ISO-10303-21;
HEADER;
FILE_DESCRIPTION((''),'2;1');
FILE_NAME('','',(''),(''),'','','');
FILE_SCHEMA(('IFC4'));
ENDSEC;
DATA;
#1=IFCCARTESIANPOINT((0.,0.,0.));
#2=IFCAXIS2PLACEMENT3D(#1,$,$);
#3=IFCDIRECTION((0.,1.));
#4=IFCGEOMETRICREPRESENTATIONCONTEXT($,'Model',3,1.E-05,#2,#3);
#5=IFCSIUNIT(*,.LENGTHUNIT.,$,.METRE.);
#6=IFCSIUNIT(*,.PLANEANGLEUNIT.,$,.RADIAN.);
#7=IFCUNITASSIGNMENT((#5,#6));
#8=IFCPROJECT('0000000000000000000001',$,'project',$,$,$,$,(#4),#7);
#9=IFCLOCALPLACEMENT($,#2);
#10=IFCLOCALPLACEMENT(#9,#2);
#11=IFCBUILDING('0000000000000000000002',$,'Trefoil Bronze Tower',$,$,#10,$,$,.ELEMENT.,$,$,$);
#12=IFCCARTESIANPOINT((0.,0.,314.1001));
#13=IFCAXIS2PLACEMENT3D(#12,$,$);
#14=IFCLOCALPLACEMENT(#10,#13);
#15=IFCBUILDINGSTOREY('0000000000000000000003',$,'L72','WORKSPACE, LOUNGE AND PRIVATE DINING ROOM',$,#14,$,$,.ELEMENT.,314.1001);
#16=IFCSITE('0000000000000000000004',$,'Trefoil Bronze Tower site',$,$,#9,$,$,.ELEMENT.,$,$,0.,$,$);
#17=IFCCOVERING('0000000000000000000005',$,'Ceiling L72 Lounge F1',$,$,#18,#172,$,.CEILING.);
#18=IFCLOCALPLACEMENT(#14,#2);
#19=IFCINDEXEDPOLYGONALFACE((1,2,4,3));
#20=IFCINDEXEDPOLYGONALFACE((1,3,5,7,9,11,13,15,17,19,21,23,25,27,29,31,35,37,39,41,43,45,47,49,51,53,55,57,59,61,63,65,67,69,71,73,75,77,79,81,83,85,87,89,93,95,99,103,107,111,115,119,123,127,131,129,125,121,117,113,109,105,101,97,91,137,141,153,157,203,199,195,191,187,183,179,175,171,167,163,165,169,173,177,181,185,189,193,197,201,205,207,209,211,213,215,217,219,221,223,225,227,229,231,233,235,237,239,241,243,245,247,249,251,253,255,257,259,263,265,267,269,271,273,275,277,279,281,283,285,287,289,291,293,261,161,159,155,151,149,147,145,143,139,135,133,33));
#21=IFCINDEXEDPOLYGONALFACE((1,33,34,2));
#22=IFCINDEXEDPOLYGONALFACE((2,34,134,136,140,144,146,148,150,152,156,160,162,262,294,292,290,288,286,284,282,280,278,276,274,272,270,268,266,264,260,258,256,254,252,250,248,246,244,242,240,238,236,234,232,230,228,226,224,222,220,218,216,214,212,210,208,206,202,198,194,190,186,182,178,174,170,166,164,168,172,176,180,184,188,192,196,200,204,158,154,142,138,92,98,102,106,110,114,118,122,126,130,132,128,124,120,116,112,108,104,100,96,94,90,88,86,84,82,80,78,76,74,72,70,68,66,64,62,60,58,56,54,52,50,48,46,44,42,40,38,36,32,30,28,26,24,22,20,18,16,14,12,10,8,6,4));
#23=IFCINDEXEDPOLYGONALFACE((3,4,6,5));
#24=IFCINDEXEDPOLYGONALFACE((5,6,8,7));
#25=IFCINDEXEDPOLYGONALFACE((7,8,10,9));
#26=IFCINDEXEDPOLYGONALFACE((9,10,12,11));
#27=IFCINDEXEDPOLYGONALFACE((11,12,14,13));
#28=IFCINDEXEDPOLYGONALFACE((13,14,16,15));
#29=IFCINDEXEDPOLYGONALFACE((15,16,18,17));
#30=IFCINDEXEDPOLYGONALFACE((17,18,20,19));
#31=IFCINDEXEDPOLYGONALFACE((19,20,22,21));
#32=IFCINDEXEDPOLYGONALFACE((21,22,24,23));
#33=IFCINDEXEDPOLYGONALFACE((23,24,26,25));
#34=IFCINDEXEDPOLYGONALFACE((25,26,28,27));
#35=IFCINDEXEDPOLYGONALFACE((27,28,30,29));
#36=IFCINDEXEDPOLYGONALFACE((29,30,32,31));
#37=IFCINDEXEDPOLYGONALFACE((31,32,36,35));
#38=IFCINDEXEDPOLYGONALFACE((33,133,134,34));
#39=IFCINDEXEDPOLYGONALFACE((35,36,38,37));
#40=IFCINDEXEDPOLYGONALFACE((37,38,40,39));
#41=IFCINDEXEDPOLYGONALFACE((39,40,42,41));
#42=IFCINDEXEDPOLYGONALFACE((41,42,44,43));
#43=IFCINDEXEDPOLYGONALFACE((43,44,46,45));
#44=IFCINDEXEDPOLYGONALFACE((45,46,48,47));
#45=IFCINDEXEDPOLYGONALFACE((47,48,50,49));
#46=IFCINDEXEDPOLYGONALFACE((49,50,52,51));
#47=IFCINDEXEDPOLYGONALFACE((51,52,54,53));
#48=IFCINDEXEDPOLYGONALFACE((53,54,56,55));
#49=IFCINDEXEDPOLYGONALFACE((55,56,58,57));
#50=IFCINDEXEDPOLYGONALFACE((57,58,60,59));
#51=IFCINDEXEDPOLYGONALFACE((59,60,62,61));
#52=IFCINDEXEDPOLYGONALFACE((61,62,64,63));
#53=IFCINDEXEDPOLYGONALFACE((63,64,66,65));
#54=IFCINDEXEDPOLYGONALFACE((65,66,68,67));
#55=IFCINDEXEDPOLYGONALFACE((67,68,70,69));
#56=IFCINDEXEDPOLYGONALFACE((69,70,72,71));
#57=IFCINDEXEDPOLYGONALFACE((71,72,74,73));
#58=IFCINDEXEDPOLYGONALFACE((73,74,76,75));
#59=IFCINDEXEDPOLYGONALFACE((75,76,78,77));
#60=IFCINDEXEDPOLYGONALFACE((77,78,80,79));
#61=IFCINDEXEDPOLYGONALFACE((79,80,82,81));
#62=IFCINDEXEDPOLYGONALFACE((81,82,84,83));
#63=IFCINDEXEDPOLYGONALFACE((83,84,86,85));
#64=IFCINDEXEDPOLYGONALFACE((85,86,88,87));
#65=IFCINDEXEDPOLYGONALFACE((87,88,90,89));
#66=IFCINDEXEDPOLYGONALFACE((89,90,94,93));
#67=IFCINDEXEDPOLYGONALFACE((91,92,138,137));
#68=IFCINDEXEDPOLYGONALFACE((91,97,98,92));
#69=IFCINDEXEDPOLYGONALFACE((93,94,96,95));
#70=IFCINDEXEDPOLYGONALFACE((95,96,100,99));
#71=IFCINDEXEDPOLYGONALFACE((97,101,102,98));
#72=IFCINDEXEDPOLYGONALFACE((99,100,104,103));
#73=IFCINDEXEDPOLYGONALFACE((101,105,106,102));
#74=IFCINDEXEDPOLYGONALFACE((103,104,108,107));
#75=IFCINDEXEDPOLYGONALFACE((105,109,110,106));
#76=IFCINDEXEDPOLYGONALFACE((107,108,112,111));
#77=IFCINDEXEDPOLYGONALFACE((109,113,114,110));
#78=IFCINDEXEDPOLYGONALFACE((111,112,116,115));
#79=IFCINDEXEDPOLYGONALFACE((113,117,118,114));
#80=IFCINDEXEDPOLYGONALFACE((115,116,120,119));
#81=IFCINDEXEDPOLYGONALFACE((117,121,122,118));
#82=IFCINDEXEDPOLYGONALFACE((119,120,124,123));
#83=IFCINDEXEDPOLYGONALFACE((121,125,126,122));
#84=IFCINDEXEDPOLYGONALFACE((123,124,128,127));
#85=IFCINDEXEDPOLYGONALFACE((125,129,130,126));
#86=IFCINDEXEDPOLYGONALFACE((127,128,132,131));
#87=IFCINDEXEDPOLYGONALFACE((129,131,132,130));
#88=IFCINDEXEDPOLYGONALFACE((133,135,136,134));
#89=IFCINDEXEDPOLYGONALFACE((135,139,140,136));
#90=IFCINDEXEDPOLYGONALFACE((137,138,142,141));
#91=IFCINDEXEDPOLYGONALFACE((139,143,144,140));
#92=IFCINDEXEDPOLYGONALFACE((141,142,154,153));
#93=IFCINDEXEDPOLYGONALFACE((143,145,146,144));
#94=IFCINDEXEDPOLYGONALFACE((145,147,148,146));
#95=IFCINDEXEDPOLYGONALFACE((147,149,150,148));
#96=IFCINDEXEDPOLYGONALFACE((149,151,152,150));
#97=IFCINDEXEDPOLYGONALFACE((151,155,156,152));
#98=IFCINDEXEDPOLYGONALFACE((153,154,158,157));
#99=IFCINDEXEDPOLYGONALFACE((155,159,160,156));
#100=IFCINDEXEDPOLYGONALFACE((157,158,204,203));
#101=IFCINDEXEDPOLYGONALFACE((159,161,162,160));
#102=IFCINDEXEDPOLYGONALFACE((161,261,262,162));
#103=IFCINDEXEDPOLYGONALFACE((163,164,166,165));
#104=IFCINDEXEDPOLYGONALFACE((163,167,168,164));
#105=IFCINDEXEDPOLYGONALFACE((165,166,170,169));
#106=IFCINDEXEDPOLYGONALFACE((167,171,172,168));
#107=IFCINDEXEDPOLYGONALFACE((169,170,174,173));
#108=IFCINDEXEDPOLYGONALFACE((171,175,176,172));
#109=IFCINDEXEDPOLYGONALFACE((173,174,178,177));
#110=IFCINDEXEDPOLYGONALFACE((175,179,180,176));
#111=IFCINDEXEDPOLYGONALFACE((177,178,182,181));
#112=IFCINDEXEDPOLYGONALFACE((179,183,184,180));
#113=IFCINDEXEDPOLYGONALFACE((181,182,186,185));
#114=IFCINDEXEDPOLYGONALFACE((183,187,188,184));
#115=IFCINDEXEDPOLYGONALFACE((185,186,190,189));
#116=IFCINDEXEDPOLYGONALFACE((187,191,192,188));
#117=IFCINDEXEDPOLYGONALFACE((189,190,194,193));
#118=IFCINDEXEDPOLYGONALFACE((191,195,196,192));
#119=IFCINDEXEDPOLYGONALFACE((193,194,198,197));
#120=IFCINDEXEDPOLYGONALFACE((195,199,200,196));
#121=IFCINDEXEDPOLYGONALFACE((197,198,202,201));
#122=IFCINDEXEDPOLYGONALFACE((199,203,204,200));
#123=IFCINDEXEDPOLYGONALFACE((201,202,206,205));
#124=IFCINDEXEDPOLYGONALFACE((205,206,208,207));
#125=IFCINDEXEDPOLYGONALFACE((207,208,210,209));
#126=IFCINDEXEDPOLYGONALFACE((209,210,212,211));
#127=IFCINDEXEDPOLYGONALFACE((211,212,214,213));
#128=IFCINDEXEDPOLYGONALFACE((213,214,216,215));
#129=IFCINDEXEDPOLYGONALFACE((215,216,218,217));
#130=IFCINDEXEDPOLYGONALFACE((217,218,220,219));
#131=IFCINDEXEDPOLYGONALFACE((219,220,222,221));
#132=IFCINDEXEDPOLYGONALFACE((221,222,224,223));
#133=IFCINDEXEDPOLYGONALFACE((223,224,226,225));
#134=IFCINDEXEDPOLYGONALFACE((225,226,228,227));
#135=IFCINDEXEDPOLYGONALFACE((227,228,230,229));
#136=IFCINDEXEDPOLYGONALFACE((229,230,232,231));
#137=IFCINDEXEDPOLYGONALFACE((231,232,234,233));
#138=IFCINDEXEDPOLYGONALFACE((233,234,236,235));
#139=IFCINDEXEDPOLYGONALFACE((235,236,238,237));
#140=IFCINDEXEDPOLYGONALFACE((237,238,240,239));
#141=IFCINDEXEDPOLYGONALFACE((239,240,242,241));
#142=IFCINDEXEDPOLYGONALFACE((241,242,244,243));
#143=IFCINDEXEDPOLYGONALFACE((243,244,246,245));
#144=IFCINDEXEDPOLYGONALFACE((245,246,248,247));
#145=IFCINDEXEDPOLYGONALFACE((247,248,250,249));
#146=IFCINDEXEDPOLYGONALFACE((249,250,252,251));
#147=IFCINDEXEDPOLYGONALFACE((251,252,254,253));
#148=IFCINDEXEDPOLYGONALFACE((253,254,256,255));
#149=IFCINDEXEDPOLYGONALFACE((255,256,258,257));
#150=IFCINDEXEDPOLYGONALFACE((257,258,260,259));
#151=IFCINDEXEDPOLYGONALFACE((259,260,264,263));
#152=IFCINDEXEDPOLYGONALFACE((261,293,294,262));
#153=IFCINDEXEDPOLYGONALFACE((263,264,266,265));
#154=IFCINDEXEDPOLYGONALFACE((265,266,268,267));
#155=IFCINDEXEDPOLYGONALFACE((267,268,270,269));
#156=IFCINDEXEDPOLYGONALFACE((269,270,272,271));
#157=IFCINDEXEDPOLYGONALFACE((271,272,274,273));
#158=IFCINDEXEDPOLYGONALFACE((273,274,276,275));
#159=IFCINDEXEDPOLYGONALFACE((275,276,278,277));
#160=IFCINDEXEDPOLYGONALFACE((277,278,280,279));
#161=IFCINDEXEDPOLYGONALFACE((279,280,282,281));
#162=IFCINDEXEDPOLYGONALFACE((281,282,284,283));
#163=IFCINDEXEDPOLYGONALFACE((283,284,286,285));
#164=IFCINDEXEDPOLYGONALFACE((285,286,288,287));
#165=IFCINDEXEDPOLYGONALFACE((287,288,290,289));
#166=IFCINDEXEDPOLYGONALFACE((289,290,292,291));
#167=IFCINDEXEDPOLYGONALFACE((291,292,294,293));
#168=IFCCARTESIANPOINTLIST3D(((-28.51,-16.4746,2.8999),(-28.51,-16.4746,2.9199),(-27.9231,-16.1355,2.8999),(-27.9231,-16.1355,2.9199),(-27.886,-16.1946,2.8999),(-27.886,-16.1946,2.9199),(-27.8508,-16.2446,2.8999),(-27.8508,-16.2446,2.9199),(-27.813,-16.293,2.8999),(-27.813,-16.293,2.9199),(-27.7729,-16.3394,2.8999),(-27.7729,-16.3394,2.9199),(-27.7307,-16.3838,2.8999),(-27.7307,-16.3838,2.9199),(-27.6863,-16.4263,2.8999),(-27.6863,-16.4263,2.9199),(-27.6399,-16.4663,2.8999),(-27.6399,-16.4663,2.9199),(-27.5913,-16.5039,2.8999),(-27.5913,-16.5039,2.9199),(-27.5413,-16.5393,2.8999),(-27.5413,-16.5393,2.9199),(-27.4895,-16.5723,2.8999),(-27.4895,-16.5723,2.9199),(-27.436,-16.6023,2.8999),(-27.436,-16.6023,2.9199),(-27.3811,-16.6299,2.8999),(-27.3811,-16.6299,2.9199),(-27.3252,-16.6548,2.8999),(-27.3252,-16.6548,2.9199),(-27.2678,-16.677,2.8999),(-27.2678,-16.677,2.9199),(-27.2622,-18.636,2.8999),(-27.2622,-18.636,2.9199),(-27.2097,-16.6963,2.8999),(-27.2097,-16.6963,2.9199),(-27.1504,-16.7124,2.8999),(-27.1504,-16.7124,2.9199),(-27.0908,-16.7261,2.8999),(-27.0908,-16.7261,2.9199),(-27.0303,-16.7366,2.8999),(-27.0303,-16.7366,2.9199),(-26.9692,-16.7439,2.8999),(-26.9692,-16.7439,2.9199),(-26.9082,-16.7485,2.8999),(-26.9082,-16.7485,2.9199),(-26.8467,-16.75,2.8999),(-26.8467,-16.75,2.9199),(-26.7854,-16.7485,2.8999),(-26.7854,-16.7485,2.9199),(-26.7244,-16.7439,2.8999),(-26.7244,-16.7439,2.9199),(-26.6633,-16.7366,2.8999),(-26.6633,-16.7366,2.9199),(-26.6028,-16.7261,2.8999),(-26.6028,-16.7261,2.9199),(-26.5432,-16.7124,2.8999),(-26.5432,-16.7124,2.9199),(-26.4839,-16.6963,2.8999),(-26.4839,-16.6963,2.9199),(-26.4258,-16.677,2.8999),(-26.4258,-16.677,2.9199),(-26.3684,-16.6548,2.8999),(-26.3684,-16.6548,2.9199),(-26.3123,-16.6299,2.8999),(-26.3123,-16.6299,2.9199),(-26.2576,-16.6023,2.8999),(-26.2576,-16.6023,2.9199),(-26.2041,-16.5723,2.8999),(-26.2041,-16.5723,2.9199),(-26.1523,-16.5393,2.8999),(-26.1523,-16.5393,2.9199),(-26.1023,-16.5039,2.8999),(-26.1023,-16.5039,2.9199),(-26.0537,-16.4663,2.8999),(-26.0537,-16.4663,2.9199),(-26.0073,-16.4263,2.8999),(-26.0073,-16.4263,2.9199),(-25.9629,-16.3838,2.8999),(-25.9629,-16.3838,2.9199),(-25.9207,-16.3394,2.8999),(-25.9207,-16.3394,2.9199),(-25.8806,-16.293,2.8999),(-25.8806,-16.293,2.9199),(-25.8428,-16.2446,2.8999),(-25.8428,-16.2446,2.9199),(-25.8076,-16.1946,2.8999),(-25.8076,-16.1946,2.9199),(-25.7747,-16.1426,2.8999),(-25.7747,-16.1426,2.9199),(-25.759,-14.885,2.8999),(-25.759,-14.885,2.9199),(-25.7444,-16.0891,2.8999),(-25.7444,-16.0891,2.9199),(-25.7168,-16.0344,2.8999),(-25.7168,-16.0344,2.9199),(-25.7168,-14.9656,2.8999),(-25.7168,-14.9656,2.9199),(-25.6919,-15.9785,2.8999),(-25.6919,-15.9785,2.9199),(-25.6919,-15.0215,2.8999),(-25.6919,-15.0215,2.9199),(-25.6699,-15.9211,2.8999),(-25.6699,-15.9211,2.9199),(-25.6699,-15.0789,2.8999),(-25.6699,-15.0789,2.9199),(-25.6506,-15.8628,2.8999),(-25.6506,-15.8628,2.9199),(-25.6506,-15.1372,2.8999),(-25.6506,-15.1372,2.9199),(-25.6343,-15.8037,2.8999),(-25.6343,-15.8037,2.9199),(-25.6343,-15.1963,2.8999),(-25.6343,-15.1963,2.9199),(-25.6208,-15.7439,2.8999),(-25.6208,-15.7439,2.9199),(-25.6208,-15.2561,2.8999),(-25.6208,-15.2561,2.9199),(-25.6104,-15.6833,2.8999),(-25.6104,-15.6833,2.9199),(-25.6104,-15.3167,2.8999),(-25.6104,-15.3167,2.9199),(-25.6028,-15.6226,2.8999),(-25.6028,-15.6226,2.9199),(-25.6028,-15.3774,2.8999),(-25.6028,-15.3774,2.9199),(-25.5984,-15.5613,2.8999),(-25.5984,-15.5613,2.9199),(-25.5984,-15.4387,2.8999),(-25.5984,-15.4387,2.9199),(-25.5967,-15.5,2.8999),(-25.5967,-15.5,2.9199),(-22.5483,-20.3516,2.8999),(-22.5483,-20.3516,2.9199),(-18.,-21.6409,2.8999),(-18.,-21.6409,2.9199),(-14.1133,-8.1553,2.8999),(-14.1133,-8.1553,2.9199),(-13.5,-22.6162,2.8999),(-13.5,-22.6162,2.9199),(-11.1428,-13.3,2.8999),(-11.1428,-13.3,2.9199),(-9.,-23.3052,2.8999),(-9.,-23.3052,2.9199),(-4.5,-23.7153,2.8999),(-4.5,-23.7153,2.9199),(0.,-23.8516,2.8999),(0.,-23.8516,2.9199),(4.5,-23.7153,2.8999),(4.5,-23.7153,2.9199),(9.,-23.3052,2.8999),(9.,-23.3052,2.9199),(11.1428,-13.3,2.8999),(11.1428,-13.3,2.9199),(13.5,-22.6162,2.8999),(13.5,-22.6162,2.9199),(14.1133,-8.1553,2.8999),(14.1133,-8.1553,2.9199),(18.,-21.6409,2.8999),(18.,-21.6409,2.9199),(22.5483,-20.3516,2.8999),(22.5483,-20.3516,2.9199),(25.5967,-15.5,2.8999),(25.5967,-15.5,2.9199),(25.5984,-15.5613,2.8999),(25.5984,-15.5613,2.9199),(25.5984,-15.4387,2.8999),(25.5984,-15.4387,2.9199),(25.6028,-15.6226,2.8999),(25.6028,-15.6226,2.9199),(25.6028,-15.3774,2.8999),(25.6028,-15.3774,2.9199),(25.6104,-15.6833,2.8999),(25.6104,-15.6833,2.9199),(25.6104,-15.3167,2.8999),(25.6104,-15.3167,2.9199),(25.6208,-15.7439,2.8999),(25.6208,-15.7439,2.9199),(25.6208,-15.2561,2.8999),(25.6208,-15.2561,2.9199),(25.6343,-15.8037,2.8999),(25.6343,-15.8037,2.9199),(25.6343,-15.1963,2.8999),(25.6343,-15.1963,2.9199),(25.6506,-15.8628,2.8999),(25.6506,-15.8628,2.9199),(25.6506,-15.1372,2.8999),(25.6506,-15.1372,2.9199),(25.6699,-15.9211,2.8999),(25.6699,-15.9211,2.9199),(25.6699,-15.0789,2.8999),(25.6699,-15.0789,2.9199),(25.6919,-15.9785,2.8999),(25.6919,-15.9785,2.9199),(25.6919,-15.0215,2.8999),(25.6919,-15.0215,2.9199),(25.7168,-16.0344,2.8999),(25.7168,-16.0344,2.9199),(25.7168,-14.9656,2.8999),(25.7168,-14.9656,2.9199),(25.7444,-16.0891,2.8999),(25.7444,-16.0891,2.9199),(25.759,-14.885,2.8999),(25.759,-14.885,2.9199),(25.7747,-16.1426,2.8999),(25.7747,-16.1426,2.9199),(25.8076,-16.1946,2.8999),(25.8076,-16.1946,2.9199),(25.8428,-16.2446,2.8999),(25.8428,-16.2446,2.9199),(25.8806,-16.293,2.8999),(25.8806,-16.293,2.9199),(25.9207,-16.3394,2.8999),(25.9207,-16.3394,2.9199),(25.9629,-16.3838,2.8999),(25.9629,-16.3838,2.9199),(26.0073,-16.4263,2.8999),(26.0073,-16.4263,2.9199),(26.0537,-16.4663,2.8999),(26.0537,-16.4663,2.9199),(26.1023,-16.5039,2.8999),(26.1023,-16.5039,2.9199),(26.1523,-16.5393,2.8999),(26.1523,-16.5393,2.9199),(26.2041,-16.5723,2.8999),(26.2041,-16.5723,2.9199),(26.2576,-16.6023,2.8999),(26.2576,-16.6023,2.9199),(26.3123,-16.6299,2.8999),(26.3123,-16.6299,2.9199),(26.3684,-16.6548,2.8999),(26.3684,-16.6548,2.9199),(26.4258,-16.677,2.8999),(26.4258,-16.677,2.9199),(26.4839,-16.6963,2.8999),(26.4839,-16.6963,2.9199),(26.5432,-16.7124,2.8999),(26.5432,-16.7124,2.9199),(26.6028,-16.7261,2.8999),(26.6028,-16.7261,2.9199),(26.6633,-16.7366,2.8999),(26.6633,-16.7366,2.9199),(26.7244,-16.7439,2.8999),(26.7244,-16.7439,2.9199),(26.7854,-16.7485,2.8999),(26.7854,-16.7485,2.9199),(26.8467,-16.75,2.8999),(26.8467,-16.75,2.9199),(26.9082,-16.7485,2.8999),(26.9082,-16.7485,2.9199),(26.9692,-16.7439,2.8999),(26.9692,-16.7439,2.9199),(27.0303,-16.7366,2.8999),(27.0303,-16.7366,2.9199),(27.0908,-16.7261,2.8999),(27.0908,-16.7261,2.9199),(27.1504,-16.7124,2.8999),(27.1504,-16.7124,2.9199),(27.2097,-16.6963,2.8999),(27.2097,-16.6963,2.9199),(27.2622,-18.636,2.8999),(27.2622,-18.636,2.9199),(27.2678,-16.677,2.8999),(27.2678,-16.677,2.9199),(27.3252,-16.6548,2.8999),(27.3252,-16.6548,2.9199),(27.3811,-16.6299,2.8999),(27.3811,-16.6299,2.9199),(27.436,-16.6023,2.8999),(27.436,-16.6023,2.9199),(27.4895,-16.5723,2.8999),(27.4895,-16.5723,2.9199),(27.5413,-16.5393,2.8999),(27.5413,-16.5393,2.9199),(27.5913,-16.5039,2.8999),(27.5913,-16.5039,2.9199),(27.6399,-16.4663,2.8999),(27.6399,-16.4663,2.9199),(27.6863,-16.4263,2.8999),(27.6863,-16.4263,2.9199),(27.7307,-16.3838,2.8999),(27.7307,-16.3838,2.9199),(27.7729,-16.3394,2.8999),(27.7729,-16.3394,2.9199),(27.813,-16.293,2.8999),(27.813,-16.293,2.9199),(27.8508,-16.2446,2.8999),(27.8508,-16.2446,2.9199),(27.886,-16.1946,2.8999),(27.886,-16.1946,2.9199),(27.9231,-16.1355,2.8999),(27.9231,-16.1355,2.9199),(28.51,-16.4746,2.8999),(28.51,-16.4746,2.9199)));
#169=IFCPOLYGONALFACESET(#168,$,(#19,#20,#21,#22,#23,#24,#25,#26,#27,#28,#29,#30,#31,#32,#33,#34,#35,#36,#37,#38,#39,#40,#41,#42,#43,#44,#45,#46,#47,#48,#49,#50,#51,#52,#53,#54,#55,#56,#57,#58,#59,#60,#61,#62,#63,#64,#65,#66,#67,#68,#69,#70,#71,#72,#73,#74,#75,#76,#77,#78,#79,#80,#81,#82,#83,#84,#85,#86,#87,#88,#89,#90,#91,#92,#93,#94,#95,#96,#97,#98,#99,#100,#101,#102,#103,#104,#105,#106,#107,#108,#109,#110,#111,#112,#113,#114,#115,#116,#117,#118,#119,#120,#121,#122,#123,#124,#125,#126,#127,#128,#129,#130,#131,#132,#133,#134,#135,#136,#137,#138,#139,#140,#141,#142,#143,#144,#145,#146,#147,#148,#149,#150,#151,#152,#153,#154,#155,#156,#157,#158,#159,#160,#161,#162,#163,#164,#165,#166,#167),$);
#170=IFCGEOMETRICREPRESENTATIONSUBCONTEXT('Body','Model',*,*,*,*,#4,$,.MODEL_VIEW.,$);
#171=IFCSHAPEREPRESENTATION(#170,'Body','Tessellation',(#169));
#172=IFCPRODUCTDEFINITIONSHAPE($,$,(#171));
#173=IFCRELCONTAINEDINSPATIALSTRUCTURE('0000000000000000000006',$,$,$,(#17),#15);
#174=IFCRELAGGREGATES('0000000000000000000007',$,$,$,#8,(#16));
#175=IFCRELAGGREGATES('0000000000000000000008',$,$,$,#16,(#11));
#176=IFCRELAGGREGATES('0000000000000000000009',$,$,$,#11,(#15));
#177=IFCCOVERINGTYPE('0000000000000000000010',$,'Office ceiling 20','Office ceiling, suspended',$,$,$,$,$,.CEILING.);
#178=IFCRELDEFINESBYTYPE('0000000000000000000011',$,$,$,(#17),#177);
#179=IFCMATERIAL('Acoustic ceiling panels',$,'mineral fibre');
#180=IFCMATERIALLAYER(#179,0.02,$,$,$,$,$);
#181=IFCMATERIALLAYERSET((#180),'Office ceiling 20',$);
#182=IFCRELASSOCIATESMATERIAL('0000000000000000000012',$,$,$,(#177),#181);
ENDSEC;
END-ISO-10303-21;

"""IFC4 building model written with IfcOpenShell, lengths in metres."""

from ifc_helpers import new_model, si_unit, direction, frame, origin, place, context, subcontext, project, spatial, polyline, outline, extrude, material, layer, layer_set, type_object, element, save


model = new_model("IFC4")

# Units and contexts
model_context = context("Model", 3, precision=1e-05, world=origin(), true_north=direction((0.0, 1.0)))
body_context = subcontext(model_context, "Body", "Model", "MODEL_VIEW")
ifc_project = project(units=[si_unit("LENGTHUNIT", "METRE"), si_unit("PLANEANGLEUNIT", "RADIAN")], contexts=[model_context])

# Site, building, storey
site_placement = place(None, origin())
site = spatial("IfcSite", under=ifc_project, at=site_placement, Name="Trefoil Bronze Tower site", CompositionType="ELEMENT", RefElevation=0.0)
building_placement = place(site_placement, origin())
building = spatial("IfcBuilding", under=site, at=building_placement, Name="Trefoil Bronze Tower", CompositionType="ELEMENT")
storey_placement = place(building_placement, frame((0.0, 0.0, 314.1001)))
storey = spatial("IfcBuildingStorey", under=building, at=storey_placement, Name="L72", Description="WORKSPACE, LOUNGE AND PRIVATE DINING ROOM", CompositionType="ELEMENT", Elevation=314.1001)

# Covering
ifc_material_1 = material(Name="Acoustic ceiling panels", Category="mineral fibre")
ifc_layer_1 = layer(ifc_material_1, 0.02)
ifc_layer_set_1 = layer_set([ifc_layer_1], Name="Office ceiling 20")
covering_type_1 = type_object("IfcCoveringType", Name="Office ceiling 20", Description="Office ceiling, suspended", PredefinedType="CEILING", material=ifc_layer_set_1)
covering_1_placement = place(storey_placement, frame((0.0, 0.0, 2.8999)))
element("IfcCovering", 1, at=covering_1_placement, inside=storey, type_object=covering_type_1, Name="Ceiling L72 Lounge F1", PredefinedType="CEILING", context=body_context, shape_type="SweptSolid", body=[
    extrude(outline(polyline([(-27.886, -16.1946), (-27.8508, -16.2446), (-27.813, -16.293), (-27.7729, -16.3394), (-27.7307, -16.3838), (-27.6863, -16.4263), (-27.6399, -16.4663), (-27.5913, -16.5039), (-27.5413, -16.5393), (-27.4895, -16.5723), (-27.436, -16.6023), (-27.3811, -16.6299), (-27.3252, -16.6548), (-27.2678, -16.677), (-27.2097, -16.6963), (-27.1504, -16.7124), (-27.0908, -16.7261), (-27.0303, -16.7366), (-26.9692, -16.7439), (-26.9082, -16.7485), (-26.8467, -16.75), (-26.7854, -16.7485), (-26.7244, -16.7439), (-26.6633, -16.7366), (-26.6028, -16.7261), (-26.5432, -16.7124), (-26.4839, -16.6963), (-26.4258, -16.677), (-26.3684, -16.6548), (-26.3123, -16.6299), (-26.2576, -16.6023), (-26.2041, -16.5723), (-26.1523, -16.5393), (-26.1023, -16.5039), (-26.0537, -16.4663), (-26.0073, -16.4263), (-25.9629, -16.3838), (-25.9207, -16.3394), (-25.8806, -16.293), (-25.8428, -16.2446), (-25.8076, -16.1946), (-25.7747, -16.1426), (-25.7444, -16.0891), (-25.7168, -16.0344), (-25.6919, -15.9785), (-25.6699, -15.9211), (-25.6506, -15.8628), (-25.6343, -15.8037), (-25.6208, -15.7439), (-25.6104, -15.6833), (-25.6028, -15.6226), (-25.5984, -15.5613), (-25.5967, -15.5), (-25.5984, -15.4387), (-25.6028, -15.3774), (-25.6104, -15.3167), (-25.6208, -15.2561), (-25.6343, -15.1963), (-25.6506, -15.1372), (-25.6699, -15.0789), (-25.6919, -15.0215), (-25.7168, -14.9656), (-25.759, -14.885), (-14.1133, -8.1553), (-11.1428, -13.3), (11.1428, -13.3), (14.1133, -8.1553), (25.759, -14.885), (25.7168, -14.9656), (25.6919, -15.0215), (25.6699, -15.0789), (25.6506, -15.1372), (25.6343, -15.1963), (25.6208, -15.2561), (25.6104, -15.3167), (25.6028, -15.3774), (25.5984, -15.4387), (25.5967, -15.5), (25.5984, -15.5613), (25.6028, -15.6226), (25.6104, -15.6833), (25.6208, -15.7439), (25.6343, -15.8037), (25.6506, -15.8628), (25.6699, -15.9211), (25.6919, -15.9785), (25.7168, -16.0344), (25.7444, -16.0891), (25.7747, -16.1426), (25.8076, -16.1946), (25.8428, -16.2446), (25.8806, -16.293), (25.9207, -16.3394), (25.9629, -16.3838), (26.0073, -16.4263), (26.0537, -16.4663), (26.1023, -16.5039), (26.1523, -16.5393), (26.2041, -16.5723), (26.2576, -16.6023), (26.3123, -16.6299), (26.3684, -16.6548), (26.4258, -16.677), (26.4839, -16.6963), (26.5432, -16.7124), (26.6028, -16.7261), (26.6633, -16.7366), (26.7244, -16.7439), (26.7854, -16.7485), (26.8467, -16.75), (26.9082, -16.7485), (26.9692, -16.7439), (27.0303, -16.7366), (27.0908, -16.7261), (27.1504, -16.7124), (27.2097, -16.6963), (27.2678, -16.677), (27.3252, -16.6548), (27.3811, -16.6299), (27.436, -16.6023), (27.4895, -16.5723), (27.5413, -16.5393), (27.5913, -16.5039), (27.6399, -16.4663), (27.6863, -16.4263), (27.7307, -16.3838), (27.7729, -16.3394), (27.813, -16.293), (27.8508, -16.2446), (27.886, -16.1946), (27.9231, -16.1355), (28.51, -16.4746), (27.2622, -18.636), (22.5483, -20.3516), (18.0, -21.6409), (13.5, -22.6162), (9.0, -23.3052), (4.5, -23.7153), (0.0, -23.8516), (-4.5, -23.7153), (-9.0, -23.3052), (-13.5, -22.6162), (-18.0, -21.6409), (-22.5483, -20.3516), (-27.2622, -18.636), (-28.51, -16.4746), (-27.9231, -16.1355), (-27.886, -16.1946)])), origin(), (0.0, 0.0, 1.0), 0.02),
])

save(model, "model.ifc")
